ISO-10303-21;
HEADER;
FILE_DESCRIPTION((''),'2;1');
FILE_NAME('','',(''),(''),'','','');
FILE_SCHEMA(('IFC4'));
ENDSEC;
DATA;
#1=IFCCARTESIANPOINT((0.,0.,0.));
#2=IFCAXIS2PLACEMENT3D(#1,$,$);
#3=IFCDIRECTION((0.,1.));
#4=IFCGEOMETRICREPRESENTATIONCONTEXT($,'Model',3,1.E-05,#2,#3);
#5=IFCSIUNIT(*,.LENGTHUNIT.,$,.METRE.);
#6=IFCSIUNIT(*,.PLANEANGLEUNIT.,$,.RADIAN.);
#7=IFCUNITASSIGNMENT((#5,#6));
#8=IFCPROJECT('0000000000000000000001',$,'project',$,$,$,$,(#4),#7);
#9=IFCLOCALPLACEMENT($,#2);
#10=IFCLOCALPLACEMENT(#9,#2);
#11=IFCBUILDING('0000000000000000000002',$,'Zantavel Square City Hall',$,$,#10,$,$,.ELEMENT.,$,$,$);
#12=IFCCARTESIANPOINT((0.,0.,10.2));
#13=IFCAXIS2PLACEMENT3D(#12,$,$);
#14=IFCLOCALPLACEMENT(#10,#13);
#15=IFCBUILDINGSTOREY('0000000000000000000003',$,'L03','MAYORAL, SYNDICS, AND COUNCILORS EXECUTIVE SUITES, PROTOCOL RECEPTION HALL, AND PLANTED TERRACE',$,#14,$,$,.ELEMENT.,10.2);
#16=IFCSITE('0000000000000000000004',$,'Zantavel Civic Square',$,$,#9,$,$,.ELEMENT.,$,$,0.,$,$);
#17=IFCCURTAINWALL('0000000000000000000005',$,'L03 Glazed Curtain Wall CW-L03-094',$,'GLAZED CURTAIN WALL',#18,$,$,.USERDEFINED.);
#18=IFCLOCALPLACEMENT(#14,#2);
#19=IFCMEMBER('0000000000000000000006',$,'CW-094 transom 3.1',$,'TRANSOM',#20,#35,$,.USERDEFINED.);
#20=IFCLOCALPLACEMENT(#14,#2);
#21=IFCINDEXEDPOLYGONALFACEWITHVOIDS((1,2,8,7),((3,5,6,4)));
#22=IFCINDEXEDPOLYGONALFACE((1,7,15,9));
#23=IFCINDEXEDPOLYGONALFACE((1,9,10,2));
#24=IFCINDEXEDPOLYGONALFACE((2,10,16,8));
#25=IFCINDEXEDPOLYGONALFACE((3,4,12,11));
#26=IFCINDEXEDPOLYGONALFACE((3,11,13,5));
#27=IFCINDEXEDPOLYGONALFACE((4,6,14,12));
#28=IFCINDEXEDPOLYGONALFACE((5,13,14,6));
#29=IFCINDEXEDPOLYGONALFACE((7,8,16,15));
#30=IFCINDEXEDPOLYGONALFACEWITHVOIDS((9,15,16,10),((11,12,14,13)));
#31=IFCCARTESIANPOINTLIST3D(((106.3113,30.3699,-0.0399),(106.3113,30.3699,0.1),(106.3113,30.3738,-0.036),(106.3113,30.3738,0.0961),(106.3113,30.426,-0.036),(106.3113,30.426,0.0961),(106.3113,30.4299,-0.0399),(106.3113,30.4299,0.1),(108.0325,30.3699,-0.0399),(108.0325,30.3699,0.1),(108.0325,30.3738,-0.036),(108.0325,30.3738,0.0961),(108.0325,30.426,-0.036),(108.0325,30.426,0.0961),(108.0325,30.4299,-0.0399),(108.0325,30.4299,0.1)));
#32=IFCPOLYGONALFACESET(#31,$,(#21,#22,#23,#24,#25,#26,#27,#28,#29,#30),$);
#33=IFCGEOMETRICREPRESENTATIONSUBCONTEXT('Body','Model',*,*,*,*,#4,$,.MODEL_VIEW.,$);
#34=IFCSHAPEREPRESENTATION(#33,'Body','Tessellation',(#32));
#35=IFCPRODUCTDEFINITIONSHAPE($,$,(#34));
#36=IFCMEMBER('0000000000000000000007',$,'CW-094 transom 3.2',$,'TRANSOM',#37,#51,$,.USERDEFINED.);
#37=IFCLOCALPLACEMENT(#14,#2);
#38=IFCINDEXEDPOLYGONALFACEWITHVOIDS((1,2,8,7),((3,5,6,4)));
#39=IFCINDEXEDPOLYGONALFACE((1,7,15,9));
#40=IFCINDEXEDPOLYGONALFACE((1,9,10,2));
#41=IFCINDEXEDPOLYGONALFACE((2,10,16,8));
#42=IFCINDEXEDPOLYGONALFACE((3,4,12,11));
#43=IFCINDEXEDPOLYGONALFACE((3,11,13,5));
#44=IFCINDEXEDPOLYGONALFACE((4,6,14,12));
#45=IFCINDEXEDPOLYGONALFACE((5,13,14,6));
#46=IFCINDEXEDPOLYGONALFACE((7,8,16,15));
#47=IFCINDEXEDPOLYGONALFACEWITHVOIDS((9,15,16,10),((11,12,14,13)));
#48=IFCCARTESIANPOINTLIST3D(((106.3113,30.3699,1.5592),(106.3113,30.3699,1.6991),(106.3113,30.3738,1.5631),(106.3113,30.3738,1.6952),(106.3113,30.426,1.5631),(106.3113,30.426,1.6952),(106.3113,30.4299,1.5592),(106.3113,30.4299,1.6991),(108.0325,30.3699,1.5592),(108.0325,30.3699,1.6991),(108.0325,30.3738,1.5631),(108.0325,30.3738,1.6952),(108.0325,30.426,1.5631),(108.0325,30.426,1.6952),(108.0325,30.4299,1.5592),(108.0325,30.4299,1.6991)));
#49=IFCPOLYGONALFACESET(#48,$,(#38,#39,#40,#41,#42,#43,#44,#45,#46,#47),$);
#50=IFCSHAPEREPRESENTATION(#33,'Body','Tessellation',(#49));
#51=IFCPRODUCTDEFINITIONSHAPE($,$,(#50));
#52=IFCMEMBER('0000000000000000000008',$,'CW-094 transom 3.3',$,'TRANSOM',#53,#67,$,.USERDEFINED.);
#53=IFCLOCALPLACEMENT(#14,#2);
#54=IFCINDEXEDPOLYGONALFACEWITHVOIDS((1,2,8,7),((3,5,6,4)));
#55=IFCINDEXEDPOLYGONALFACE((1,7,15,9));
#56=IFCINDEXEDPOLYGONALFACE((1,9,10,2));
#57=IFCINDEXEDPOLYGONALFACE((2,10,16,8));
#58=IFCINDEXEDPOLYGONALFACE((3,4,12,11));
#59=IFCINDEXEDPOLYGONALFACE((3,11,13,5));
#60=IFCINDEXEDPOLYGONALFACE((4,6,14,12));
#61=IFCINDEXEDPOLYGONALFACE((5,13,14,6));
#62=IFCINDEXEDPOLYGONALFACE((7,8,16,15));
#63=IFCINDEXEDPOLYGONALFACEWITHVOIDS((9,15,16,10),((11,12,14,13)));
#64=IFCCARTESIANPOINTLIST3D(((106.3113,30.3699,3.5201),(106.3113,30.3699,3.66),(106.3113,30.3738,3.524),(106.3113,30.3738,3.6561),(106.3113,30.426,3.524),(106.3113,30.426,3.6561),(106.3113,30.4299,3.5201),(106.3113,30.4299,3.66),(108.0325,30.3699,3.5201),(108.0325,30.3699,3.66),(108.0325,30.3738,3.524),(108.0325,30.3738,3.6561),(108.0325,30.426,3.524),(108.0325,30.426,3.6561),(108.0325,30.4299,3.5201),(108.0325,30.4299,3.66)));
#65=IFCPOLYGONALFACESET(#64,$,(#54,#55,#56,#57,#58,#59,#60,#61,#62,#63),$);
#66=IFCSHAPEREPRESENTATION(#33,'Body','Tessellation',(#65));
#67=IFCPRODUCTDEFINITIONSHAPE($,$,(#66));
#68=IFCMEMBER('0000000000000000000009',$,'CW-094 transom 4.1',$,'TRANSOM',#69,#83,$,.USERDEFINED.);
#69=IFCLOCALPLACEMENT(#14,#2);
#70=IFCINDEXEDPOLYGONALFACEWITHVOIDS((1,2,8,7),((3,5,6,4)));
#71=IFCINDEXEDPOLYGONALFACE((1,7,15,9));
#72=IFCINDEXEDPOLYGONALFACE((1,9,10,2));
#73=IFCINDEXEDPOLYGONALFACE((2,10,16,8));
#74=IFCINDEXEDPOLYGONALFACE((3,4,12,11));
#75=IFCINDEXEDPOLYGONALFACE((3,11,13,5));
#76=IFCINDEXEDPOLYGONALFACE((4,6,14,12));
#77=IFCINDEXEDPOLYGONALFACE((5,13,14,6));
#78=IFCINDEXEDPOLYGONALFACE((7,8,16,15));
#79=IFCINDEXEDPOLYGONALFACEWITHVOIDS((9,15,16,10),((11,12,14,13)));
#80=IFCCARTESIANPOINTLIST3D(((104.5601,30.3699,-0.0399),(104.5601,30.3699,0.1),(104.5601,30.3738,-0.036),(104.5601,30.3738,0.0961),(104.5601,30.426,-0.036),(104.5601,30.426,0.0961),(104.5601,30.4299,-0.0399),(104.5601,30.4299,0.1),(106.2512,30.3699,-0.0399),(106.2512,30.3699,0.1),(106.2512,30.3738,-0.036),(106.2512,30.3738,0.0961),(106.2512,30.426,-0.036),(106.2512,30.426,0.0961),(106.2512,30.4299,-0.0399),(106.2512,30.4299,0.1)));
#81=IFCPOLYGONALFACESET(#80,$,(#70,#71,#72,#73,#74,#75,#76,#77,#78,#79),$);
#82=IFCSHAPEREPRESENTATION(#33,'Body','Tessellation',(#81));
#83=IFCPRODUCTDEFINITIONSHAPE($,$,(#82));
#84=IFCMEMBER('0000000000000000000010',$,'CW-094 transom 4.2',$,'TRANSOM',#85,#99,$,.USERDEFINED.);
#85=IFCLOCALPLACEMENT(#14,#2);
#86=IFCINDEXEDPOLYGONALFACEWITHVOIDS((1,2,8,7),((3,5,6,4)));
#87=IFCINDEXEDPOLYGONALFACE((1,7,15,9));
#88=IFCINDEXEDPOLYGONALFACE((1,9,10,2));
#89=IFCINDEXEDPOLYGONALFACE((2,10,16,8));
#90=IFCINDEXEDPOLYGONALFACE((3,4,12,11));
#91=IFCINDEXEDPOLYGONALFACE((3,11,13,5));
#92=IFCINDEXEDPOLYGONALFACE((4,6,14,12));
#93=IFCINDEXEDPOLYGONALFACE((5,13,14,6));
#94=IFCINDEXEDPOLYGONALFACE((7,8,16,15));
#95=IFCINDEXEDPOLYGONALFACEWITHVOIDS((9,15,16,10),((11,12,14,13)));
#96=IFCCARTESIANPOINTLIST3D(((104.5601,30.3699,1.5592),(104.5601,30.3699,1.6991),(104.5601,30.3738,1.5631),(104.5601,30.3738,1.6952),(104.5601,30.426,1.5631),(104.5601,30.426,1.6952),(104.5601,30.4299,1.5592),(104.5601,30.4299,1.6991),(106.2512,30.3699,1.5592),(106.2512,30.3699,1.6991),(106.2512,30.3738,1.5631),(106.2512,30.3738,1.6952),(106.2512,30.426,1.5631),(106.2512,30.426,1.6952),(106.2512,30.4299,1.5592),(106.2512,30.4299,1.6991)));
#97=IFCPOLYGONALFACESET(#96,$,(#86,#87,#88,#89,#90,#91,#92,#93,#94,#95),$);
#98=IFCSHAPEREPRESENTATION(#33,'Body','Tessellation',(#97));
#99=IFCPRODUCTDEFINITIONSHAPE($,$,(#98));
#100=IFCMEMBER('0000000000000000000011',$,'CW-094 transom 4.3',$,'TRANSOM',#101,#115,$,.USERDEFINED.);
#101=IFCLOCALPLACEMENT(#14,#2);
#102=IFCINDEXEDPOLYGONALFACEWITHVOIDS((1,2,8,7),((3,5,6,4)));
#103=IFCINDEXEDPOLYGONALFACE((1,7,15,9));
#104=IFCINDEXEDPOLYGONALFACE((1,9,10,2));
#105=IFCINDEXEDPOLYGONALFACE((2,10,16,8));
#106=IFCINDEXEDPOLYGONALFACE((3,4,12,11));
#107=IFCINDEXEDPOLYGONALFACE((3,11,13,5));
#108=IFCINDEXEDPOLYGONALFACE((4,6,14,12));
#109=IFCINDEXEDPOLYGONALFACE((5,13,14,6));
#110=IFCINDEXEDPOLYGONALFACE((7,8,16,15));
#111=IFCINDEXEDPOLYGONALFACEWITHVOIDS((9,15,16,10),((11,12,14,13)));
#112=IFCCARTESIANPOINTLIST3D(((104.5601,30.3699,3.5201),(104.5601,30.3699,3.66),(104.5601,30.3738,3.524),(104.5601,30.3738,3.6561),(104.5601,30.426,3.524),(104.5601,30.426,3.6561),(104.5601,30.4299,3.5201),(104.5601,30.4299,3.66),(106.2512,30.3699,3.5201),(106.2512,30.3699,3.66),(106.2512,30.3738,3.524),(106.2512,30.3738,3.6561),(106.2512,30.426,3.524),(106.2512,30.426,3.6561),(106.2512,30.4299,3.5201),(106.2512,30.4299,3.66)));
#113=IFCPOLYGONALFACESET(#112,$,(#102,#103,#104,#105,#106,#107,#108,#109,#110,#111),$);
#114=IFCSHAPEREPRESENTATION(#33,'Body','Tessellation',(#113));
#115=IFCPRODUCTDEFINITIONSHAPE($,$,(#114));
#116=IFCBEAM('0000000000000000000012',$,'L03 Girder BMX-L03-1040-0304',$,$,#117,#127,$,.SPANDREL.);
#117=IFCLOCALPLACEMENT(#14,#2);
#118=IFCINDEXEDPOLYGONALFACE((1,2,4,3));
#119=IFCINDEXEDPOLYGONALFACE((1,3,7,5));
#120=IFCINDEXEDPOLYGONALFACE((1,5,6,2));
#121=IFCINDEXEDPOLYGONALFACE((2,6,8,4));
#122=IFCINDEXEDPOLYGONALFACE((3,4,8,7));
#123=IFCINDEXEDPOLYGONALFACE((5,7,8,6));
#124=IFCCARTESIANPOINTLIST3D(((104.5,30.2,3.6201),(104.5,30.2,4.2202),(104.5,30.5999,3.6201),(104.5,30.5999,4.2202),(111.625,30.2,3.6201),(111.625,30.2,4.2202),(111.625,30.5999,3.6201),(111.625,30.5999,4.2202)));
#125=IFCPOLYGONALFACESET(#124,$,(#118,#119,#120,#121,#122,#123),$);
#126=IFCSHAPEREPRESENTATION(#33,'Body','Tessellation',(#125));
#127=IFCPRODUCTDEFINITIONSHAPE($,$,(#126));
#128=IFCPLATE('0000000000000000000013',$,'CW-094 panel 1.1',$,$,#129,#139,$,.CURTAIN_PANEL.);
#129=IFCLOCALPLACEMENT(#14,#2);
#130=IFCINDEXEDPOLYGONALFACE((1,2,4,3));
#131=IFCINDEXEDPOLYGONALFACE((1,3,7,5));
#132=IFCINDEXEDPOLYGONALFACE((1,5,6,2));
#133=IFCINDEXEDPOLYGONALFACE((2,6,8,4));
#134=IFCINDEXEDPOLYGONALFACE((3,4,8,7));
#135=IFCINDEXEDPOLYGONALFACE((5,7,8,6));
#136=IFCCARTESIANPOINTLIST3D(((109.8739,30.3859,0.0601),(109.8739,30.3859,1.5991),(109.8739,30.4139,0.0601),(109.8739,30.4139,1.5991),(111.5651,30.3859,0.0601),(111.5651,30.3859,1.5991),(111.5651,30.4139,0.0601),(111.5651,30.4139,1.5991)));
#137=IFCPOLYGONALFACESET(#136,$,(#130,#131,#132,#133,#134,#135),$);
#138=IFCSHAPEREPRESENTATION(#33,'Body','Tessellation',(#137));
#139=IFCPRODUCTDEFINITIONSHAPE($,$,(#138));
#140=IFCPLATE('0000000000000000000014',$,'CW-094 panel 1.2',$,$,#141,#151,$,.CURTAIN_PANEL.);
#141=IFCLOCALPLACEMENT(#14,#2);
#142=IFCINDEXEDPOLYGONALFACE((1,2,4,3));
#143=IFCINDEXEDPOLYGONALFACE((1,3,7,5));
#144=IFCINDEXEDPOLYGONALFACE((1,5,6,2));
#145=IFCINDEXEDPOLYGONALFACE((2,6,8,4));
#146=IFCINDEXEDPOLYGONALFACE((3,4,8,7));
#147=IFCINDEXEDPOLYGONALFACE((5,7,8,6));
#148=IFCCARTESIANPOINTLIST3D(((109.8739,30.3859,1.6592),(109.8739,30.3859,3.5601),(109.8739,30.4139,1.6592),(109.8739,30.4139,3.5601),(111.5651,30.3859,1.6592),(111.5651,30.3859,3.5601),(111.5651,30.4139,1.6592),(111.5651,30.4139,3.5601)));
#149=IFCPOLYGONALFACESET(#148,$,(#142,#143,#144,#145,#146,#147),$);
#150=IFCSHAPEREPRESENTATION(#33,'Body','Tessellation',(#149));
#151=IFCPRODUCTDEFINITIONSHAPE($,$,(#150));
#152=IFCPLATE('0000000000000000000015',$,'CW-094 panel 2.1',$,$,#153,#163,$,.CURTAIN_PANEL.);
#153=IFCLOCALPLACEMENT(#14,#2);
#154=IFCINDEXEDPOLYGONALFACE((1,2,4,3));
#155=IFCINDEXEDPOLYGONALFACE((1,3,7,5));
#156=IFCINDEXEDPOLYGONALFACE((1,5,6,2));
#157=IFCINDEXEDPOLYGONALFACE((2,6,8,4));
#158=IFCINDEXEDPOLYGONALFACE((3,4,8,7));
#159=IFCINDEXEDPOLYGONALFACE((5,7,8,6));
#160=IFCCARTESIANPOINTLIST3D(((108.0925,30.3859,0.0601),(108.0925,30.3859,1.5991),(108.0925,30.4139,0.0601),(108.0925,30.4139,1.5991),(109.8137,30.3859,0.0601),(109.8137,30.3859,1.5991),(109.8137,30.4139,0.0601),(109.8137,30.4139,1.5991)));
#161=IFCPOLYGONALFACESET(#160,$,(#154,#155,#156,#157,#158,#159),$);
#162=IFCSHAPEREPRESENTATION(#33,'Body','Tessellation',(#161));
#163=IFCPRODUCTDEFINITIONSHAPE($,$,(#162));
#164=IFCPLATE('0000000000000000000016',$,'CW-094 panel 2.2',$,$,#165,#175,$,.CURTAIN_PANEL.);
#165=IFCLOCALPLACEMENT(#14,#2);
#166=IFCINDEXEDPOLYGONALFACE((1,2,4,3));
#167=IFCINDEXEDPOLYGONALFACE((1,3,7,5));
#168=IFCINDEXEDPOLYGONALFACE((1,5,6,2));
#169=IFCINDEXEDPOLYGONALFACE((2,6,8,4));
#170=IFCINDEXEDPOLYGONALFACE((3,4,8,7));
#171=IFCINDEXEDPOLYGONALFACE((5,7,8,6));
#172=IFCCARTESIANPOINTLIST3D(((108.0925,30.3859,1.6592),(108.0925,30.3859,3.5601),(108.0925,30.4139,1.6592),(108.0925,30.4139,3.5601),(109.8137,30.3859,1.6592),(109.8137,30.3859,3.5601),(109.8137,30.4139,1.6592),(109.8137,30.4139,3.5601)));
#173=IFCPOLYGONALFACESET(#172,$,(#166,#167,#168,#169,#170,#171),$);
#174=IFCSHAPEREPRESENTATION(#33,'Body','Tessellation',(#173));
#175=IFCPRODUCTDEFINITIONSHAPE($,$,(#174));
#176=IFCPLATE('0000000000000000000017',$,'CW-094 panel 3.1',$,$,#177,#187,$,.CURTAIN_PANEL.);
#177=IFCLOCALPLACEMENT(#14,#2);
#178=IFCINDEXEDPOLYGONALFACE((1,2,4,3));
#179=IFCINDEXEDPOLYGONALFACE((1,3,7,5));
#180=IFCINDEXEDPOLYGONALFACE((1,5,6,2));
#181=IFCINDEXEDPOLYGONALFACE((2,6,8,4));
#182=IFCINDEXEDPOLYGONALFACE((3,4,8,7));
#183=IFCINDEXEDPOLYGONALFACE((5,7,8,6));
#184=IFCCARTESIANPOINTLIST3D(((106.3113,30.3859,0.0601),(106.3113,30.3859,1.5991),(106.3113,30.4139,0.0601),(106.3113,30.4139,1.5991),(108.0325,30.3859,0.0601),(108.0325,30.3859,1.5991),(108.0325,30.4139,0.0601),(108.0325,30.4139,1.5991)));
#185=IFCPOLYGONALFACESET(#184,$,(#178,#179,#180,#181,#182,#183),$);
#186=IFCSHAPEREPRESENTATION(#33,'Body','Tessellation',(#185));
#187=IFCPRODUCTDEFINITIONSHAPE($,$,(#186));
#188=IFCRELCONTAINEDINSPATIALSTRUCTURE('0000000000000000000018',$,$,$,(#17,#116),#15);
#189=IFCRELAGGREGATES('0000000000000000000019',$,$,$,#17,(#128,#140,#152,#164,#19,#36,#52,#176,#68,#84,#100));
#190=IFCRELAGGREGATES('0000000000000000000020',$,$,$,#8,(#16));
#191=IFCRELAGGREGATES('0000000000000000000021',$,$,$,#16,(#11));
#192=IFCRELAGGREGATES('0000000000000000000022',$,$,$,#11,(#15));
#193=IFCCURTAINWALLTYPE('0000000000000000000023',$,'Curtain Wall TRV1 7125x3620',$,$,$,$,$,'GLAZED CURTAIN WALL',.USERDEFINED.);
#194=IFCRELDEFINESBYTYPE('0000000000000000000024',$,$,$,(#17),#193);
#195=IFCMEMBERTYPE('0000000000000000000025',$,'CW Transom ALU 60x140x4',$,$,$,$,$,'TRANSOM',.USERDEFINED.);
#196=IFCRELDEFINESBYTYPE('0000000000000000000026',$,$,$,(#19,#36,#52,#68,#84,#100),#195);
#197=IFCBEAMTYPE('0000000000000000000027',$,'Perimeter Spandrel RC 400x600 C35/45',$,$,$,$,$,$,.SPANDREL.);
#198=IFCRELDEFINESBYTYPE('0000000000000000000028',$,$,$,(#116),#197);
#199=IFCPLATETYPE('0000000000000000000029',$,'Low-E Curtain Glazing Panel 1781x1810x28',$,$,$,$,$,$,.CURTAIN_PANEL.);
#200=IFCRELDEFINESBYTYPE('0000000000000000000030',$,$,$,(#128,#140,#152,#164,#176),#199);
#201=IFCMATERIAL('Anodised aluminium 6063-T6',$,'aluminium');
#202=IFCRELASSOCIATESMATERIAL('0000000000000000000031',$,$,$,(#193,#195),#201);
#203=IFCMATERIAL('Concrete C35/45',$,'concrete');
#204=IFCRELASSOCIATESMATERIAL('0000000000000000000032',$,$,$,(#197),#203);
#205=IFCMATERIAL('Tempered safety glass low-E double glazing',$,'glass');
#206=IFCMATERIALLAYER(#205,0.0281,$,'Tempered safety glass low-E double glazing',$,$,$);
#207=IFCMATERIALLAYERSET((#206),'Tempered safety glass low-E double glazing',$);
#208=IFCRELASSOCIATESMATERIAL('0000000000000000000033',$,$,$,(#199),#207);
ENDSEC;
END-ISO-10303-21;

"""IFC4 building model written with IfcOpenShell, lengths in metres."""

from ifc_helpers import new_model, si_unit, direction, frame, origin, origin_2d, place, context, subcontext, project, spatial, rectangle, hollow_rectangle, extrude, material, layer, layer_set, material_profile, profile_set, type_object, element, aggregate, save


model = new_model("IFC4")

# Units and contexts
model_context = context("Model", 3, precision=1e-05, world=origin(), true_north=direction((0.0, 1.0)))
body_context = subcontext(model_context, "Body", "Model", "MODEL_VIEW")
ifc_project = project(units=[si_unit("LENGTHUNIT", "METRE"), si_unit("PLANEANGLEUNIT", "RADIAN")], contexts=[model_context])

# Site, building, storey
site_placement = place(None, origin())
site = spatial("IfcSite", under=ifc_project, at=site_placement, Name="Zantavel Civic Square", CompositionType="ELEMENT", RefElevation=0.0)
building_placement = place(site_placement, origin())
building = spatial("IfcBuilding", under=site, at=building_placement, Name="Zantavel Square City Hall", CompositionType="ELEMENT")
storey_placement = place(building_placement, frame((0.0, 0.0, 10.2)))
storey = spatial("IfcBuildingStorey", under=building, at=storey_placement, Name="L03", Description="MAYORAL, SYNDICS, AND COUNCILORS EXECUTIVE SUITES, PROTOCOL RECEPTION HALL, AND PLANTED TERRACE", CompositionType="ELEMENT", Elevation=10.2)

# Curtain wall, members
ifc_material_1 = material(Name="Anodised aluminium 6063-T6", Category="aluminium")
curtain_wall_type = type_object("IfcCurtainWallType", Name="Curtain Wall TRV1 7125x3620", ElementType="GLAZED CURTAIN WALL", PredefinedType="USERDEFINED", material=ifc_material_1)
curtain_wall_placement = place(storey_placement, origin())
curtain_wall = element("IfcCurtainWall", 1, at=curtain_wall_placement, inside=storey, type_object=curtain_wall_type, Name="L03 Glazed Curtain Wall CW-L03-094", ObjectType="GLAZED CURTAIN WALL", PredefinedType="USERDEFINED")
ifc_material_profile_1 = material_profile(ifc_material_1, hollow_rectangle(XDim=0.0601, YDim=0.1399, WallThickness=0.0039, at=origin_2d()), Name="ALU 60x140x4")
ifc_profile_set_1 = profile_set([ifc_material_profile_1], Name="Anodised aluminium 6063-T6")
member_type_1 = type_object("IfcMemberType", Name="CW Transom ALU 60x140x4", ElementType="TRANSOM", PredefinedType="USERDEFINED", material=ifc_profile_set_1)
member_1_placement = place(storey_placement, frame((108.0325, 30.3999, 0.03), z_axis=(-1.0, 0.0, 0.0), x_axis=(0.0, -1.0, 0.0)))
member_1 = element("IfcMember", 2, at=member_1_placement, type_object=member_type_1, Name="CW-094 transom 3.1", ObjectType="TRANSOM", PredefinedType="USERDEFINED", context=body_context, shape_type="SweptSolid", body=[
    extrude(hollow_rectangle(XDim=0.0601, YDim=0.1399, WallThickness=0.0039, at=origin_2d()), origin(), (0.0, 0.0, 1.0), 1.7212),
])
member_2_placement = place(storey_placement, frame((108.0325, 30.3999, 1.6292), z_axis=(-1.0, 0.0, 0.0), x_axis=(0.0, -1.0, 0.0)))
member_2 = element("IfcMember", 3, at=member_2_placement, type_object=member_type_1, Name="CW-094 transom 3.2", ObjectType="TRANSOM", PredefinedType="USERDEFINED", context=body_context, shape_type="SweptSolid", body=[
    extrude(hollow_rectangle(XDim=0.0601, YDim=0.1399, WallThickness=0.0039, at=origin_2d()), origin(), (0.0, 0.0, 1.0), 1.7212),
])
member_3_placement = place(storey_placement, frame((108.0325, 30.3999, 3.5901), z_axis=(-1.0, 0.0, 0.0), x_axis=(0.0, -1.0, 0.0)))
member_3 = element("IfcMember", 4, at=member_3_placement, type_object=member_type_1, Name="CW-094 transom 3.3", ObjectType="TRANSOM", PredefinedType="USERDEFINED", context=body_context, shape_type="SweptSolid", body=[
    extrude(hollow_rectangle(XDim=0.0601, YDim=0.1399, WallThickness=0.0039, at=origin_2d()), origin(), (0.0, 0.0, 1.0), 1.7212),
])
member_4_placement = place(storey_placement, frame((106.2512, 30.3999, 0.03), z_axis=(-1.0, 0.0, 0.0), x_axis=(0.0, -1.0, 0.0)))
member_4 = element("IfcMember", 5, at=member_4_placement, type_object=member_type_1, Name="CW-094 transom 4.1", ObjectType="TRANSOM", PredefinedType="USERDEFINED", context=body_context, shape_type="SweptSolid", body=[
    extrude(hollow_rectangle(XDim=0.0601, YDim=0.1399, WallThickness=0.0039, at=origin_2d()), origin(), (0.0, 0.0, 1.0), 1.6912),
])
member_5_placement = place(storey_placement, frame((106.2512, 30.3999, 1.6292), z_axis=(-1.0, 0.0, 0.0), x_axis=(0.0, -1.0, 0.0)))
member_5 = element("IfcMember", 6, at=member_5_placement, type_object=member_type_1, Name="CW-094 transom 4.2", ObjectType="TRANSOM", PredefinedType="USERDEFINED", context=body_context, shape_type="SweptSolid", body=[
    extrude(hollow_rectangle(XDim=0.0601, YDim=0.1399, WallThickness=0.0039, at=origin_2d()), origin(), (0.0, 0.0, 1.0), 1.6912),
])
member_6_placement = place(storey_placement, frame((106.2512, 30.3999, 3.5901), z_axis=(-1.0, 0.0, 0.0), x_axis=(0.0, -1.0, 0.0)))
member_6 = element("IfcMember", 7, at=member_6_placement, type_object=member_type_1, Name="CW-094 transom 4.3", ObjectType="TRANSOM", PredefinedType="USERDEFINED", context=body_context, shape_type="SweptSolid", body=[
    extrude(hollow_rectangle(XDim=0.0601, YDim=0.1399, WallThickness=0.0039, at=origin_2d()), origin(), (0.0, 0.0, 1.0), 1.6912),
])

# Beam
ifc_material_2 = material(Name="Concrete C35/45", Category="concrete")
ifc_material_profile_2 = material_profile(ifc_material_2, rectangle(XDim=0.3999, YDim=0.6001, at=origin_2d()), Name="RC 400x600")
ifc_profile_set_2 = profile_set([ifc_material_profile_2], Name="Concrete C35/45")
beam_type = type_object("IfcBeamType", Name="Perimeter Spandrel RC 400x600 C35/45", PredefinedType="SPANDREL", material=ifc_profile_set_2)
beam_placement = place(storey_placement, frame((104.5, 30.3999, 3.9202), z_axis=(1.0, 0.0, 0.0), x_axis=(0.0, 1.0, 0.0)))
element("IfcBeam", 8, at=beam_placement, inside=storey, type_object=beam_type, Name="L03 Girder BMX-L03-1040-0304", PredefinedType="SPANDREL", context=body_context, shape_type="SweptSolid", body=[
    extrude(rectangle(XDim=0.3999, YDim=0.6001, at=origin_2d()), origin(), (0.0, 0.0, 1.0), 7.125),
])

# Plates
ifc_material_3 = material(Name="Tempered safety glass low-E double glazing", Category="glass")
ifc_layer = layer(ifc_material_3, 0.0281, Name="Tempered safety glass low-E double glazing")
ifc_layer_set = layer_set([ifc_layer], Name="Tempered safety glass low-E double glazing")
plate_type = type_object("IfcPlateType", Name="Low-E Curtain Glazing Panel 1781x1810x28", PredefinedType="CURTAIN_PANEL", material=ifc_layer_set)
plate_1_placement = place(storey_placement, frame((110.7195, 30.3999, 0.0601), z_axis=(0.0, 0.0, 1.0), x_axis=(-1.0, 0.0, 0.0)))
plate_1 = element("IfcPlate", 9, at=plate_1_placement, type_object=plate_type, Name="CW-094 panel 1.1", PredefinedType="CURTAIN_PANEL", context=body_context, shape_type="SweptSolid", body=[
    extrude(rectangle(XDim=1.6912, YDim=0.0281, at=origin_2d()), origin(), (0.0, 0.0, 1.0), 1.5391),
])
plate_2_placement = place(storey_placement, frame((110.7195, 30.3999, 1.6592), z_axis=(0.0, 0.0, 1.0), x_axis=(-1.0, 0.0, 0.0)))
plate_2 = element("IfcPlate", 10, at=plate_2_placement, type_object=plate_type, Name="CW-094 panel 1.2", PredefinedType="CURTAIN_PANEL", context=body_context, shape_type="SweptSolid", body=[
    extrude(rectangle(XDim=1.6912, YDim=0.0281, at=origin_2d()), origin(), (0.0, 0.0, 1.0), 1.9009),
])
plate_3_placement = place(storey_placement, frame((108.9531, 30.3999, 0.0601), z_axis=(0.0, 0.0, 1.0), x_axis=(-1.0, 0.0, 0.0)))
plate_3 = element("IfcPlate", 11, at=plate_3_placement, type_object=plate_type, Name="CW-094 panel 2.1", PredefinedType="CURTAIN_PANEL", context=body_context, shape_type="SweptSolid", body=[
    extrude(rectangle(XDim=1.7212, YDim=0.0281, at=origin_2d()), origin(), (0.0, 0.0, 1.0), 1.5391),
])
plate_4_placement = place(storey_placement, frame((108.9531, 30.3999, 1.6592), z_axis=(0.0, 0.0, 1.0), x_axis=(-1.0, 0.0, 0.0)))
plate_4 = element("IfcPlate", 12, at=plate_4_placement, type_object=plate_type, Name="CW-094 panel 2.2", PredefinedType="CURTAIN_PANEL", context=body_context, shape_type="SweptSolid", body=[
    extrude(rectangle(XDim=1.7212, YDim=0.0281, at=origin_2d()), origin(), (0.0, 0.0, 1.0), 1.9009),
])
plate_5_placement = place(storey_placement, frame((107.1719, 30.3999, 0.0601), z_axis=(0.0, 0.0, 1.0), x_axis=(-1.0, 0.0, 0.0)))
plate_5 = element("IfcPlate", 13, at=plate_5_placement, type_object=plate_type, Name="CW-094 panel 3.1", PredefinedType="CURTAIN_PANEL", context=body_context, shape_type="SweptSolid", body=[
    extrude(rectangle(XDim=1.7212, YDim=0.0281, at=origin_2d()), origin(), (0.0, 0.0, 1.0), 1.5391),
])
aggregate(curtain_wall, [plate_1, plate_2, plate_3, plate_4, member_1, member_2, member_3, plate_5, member_4, member_5, member_6])

save(model, "model.ifc")
